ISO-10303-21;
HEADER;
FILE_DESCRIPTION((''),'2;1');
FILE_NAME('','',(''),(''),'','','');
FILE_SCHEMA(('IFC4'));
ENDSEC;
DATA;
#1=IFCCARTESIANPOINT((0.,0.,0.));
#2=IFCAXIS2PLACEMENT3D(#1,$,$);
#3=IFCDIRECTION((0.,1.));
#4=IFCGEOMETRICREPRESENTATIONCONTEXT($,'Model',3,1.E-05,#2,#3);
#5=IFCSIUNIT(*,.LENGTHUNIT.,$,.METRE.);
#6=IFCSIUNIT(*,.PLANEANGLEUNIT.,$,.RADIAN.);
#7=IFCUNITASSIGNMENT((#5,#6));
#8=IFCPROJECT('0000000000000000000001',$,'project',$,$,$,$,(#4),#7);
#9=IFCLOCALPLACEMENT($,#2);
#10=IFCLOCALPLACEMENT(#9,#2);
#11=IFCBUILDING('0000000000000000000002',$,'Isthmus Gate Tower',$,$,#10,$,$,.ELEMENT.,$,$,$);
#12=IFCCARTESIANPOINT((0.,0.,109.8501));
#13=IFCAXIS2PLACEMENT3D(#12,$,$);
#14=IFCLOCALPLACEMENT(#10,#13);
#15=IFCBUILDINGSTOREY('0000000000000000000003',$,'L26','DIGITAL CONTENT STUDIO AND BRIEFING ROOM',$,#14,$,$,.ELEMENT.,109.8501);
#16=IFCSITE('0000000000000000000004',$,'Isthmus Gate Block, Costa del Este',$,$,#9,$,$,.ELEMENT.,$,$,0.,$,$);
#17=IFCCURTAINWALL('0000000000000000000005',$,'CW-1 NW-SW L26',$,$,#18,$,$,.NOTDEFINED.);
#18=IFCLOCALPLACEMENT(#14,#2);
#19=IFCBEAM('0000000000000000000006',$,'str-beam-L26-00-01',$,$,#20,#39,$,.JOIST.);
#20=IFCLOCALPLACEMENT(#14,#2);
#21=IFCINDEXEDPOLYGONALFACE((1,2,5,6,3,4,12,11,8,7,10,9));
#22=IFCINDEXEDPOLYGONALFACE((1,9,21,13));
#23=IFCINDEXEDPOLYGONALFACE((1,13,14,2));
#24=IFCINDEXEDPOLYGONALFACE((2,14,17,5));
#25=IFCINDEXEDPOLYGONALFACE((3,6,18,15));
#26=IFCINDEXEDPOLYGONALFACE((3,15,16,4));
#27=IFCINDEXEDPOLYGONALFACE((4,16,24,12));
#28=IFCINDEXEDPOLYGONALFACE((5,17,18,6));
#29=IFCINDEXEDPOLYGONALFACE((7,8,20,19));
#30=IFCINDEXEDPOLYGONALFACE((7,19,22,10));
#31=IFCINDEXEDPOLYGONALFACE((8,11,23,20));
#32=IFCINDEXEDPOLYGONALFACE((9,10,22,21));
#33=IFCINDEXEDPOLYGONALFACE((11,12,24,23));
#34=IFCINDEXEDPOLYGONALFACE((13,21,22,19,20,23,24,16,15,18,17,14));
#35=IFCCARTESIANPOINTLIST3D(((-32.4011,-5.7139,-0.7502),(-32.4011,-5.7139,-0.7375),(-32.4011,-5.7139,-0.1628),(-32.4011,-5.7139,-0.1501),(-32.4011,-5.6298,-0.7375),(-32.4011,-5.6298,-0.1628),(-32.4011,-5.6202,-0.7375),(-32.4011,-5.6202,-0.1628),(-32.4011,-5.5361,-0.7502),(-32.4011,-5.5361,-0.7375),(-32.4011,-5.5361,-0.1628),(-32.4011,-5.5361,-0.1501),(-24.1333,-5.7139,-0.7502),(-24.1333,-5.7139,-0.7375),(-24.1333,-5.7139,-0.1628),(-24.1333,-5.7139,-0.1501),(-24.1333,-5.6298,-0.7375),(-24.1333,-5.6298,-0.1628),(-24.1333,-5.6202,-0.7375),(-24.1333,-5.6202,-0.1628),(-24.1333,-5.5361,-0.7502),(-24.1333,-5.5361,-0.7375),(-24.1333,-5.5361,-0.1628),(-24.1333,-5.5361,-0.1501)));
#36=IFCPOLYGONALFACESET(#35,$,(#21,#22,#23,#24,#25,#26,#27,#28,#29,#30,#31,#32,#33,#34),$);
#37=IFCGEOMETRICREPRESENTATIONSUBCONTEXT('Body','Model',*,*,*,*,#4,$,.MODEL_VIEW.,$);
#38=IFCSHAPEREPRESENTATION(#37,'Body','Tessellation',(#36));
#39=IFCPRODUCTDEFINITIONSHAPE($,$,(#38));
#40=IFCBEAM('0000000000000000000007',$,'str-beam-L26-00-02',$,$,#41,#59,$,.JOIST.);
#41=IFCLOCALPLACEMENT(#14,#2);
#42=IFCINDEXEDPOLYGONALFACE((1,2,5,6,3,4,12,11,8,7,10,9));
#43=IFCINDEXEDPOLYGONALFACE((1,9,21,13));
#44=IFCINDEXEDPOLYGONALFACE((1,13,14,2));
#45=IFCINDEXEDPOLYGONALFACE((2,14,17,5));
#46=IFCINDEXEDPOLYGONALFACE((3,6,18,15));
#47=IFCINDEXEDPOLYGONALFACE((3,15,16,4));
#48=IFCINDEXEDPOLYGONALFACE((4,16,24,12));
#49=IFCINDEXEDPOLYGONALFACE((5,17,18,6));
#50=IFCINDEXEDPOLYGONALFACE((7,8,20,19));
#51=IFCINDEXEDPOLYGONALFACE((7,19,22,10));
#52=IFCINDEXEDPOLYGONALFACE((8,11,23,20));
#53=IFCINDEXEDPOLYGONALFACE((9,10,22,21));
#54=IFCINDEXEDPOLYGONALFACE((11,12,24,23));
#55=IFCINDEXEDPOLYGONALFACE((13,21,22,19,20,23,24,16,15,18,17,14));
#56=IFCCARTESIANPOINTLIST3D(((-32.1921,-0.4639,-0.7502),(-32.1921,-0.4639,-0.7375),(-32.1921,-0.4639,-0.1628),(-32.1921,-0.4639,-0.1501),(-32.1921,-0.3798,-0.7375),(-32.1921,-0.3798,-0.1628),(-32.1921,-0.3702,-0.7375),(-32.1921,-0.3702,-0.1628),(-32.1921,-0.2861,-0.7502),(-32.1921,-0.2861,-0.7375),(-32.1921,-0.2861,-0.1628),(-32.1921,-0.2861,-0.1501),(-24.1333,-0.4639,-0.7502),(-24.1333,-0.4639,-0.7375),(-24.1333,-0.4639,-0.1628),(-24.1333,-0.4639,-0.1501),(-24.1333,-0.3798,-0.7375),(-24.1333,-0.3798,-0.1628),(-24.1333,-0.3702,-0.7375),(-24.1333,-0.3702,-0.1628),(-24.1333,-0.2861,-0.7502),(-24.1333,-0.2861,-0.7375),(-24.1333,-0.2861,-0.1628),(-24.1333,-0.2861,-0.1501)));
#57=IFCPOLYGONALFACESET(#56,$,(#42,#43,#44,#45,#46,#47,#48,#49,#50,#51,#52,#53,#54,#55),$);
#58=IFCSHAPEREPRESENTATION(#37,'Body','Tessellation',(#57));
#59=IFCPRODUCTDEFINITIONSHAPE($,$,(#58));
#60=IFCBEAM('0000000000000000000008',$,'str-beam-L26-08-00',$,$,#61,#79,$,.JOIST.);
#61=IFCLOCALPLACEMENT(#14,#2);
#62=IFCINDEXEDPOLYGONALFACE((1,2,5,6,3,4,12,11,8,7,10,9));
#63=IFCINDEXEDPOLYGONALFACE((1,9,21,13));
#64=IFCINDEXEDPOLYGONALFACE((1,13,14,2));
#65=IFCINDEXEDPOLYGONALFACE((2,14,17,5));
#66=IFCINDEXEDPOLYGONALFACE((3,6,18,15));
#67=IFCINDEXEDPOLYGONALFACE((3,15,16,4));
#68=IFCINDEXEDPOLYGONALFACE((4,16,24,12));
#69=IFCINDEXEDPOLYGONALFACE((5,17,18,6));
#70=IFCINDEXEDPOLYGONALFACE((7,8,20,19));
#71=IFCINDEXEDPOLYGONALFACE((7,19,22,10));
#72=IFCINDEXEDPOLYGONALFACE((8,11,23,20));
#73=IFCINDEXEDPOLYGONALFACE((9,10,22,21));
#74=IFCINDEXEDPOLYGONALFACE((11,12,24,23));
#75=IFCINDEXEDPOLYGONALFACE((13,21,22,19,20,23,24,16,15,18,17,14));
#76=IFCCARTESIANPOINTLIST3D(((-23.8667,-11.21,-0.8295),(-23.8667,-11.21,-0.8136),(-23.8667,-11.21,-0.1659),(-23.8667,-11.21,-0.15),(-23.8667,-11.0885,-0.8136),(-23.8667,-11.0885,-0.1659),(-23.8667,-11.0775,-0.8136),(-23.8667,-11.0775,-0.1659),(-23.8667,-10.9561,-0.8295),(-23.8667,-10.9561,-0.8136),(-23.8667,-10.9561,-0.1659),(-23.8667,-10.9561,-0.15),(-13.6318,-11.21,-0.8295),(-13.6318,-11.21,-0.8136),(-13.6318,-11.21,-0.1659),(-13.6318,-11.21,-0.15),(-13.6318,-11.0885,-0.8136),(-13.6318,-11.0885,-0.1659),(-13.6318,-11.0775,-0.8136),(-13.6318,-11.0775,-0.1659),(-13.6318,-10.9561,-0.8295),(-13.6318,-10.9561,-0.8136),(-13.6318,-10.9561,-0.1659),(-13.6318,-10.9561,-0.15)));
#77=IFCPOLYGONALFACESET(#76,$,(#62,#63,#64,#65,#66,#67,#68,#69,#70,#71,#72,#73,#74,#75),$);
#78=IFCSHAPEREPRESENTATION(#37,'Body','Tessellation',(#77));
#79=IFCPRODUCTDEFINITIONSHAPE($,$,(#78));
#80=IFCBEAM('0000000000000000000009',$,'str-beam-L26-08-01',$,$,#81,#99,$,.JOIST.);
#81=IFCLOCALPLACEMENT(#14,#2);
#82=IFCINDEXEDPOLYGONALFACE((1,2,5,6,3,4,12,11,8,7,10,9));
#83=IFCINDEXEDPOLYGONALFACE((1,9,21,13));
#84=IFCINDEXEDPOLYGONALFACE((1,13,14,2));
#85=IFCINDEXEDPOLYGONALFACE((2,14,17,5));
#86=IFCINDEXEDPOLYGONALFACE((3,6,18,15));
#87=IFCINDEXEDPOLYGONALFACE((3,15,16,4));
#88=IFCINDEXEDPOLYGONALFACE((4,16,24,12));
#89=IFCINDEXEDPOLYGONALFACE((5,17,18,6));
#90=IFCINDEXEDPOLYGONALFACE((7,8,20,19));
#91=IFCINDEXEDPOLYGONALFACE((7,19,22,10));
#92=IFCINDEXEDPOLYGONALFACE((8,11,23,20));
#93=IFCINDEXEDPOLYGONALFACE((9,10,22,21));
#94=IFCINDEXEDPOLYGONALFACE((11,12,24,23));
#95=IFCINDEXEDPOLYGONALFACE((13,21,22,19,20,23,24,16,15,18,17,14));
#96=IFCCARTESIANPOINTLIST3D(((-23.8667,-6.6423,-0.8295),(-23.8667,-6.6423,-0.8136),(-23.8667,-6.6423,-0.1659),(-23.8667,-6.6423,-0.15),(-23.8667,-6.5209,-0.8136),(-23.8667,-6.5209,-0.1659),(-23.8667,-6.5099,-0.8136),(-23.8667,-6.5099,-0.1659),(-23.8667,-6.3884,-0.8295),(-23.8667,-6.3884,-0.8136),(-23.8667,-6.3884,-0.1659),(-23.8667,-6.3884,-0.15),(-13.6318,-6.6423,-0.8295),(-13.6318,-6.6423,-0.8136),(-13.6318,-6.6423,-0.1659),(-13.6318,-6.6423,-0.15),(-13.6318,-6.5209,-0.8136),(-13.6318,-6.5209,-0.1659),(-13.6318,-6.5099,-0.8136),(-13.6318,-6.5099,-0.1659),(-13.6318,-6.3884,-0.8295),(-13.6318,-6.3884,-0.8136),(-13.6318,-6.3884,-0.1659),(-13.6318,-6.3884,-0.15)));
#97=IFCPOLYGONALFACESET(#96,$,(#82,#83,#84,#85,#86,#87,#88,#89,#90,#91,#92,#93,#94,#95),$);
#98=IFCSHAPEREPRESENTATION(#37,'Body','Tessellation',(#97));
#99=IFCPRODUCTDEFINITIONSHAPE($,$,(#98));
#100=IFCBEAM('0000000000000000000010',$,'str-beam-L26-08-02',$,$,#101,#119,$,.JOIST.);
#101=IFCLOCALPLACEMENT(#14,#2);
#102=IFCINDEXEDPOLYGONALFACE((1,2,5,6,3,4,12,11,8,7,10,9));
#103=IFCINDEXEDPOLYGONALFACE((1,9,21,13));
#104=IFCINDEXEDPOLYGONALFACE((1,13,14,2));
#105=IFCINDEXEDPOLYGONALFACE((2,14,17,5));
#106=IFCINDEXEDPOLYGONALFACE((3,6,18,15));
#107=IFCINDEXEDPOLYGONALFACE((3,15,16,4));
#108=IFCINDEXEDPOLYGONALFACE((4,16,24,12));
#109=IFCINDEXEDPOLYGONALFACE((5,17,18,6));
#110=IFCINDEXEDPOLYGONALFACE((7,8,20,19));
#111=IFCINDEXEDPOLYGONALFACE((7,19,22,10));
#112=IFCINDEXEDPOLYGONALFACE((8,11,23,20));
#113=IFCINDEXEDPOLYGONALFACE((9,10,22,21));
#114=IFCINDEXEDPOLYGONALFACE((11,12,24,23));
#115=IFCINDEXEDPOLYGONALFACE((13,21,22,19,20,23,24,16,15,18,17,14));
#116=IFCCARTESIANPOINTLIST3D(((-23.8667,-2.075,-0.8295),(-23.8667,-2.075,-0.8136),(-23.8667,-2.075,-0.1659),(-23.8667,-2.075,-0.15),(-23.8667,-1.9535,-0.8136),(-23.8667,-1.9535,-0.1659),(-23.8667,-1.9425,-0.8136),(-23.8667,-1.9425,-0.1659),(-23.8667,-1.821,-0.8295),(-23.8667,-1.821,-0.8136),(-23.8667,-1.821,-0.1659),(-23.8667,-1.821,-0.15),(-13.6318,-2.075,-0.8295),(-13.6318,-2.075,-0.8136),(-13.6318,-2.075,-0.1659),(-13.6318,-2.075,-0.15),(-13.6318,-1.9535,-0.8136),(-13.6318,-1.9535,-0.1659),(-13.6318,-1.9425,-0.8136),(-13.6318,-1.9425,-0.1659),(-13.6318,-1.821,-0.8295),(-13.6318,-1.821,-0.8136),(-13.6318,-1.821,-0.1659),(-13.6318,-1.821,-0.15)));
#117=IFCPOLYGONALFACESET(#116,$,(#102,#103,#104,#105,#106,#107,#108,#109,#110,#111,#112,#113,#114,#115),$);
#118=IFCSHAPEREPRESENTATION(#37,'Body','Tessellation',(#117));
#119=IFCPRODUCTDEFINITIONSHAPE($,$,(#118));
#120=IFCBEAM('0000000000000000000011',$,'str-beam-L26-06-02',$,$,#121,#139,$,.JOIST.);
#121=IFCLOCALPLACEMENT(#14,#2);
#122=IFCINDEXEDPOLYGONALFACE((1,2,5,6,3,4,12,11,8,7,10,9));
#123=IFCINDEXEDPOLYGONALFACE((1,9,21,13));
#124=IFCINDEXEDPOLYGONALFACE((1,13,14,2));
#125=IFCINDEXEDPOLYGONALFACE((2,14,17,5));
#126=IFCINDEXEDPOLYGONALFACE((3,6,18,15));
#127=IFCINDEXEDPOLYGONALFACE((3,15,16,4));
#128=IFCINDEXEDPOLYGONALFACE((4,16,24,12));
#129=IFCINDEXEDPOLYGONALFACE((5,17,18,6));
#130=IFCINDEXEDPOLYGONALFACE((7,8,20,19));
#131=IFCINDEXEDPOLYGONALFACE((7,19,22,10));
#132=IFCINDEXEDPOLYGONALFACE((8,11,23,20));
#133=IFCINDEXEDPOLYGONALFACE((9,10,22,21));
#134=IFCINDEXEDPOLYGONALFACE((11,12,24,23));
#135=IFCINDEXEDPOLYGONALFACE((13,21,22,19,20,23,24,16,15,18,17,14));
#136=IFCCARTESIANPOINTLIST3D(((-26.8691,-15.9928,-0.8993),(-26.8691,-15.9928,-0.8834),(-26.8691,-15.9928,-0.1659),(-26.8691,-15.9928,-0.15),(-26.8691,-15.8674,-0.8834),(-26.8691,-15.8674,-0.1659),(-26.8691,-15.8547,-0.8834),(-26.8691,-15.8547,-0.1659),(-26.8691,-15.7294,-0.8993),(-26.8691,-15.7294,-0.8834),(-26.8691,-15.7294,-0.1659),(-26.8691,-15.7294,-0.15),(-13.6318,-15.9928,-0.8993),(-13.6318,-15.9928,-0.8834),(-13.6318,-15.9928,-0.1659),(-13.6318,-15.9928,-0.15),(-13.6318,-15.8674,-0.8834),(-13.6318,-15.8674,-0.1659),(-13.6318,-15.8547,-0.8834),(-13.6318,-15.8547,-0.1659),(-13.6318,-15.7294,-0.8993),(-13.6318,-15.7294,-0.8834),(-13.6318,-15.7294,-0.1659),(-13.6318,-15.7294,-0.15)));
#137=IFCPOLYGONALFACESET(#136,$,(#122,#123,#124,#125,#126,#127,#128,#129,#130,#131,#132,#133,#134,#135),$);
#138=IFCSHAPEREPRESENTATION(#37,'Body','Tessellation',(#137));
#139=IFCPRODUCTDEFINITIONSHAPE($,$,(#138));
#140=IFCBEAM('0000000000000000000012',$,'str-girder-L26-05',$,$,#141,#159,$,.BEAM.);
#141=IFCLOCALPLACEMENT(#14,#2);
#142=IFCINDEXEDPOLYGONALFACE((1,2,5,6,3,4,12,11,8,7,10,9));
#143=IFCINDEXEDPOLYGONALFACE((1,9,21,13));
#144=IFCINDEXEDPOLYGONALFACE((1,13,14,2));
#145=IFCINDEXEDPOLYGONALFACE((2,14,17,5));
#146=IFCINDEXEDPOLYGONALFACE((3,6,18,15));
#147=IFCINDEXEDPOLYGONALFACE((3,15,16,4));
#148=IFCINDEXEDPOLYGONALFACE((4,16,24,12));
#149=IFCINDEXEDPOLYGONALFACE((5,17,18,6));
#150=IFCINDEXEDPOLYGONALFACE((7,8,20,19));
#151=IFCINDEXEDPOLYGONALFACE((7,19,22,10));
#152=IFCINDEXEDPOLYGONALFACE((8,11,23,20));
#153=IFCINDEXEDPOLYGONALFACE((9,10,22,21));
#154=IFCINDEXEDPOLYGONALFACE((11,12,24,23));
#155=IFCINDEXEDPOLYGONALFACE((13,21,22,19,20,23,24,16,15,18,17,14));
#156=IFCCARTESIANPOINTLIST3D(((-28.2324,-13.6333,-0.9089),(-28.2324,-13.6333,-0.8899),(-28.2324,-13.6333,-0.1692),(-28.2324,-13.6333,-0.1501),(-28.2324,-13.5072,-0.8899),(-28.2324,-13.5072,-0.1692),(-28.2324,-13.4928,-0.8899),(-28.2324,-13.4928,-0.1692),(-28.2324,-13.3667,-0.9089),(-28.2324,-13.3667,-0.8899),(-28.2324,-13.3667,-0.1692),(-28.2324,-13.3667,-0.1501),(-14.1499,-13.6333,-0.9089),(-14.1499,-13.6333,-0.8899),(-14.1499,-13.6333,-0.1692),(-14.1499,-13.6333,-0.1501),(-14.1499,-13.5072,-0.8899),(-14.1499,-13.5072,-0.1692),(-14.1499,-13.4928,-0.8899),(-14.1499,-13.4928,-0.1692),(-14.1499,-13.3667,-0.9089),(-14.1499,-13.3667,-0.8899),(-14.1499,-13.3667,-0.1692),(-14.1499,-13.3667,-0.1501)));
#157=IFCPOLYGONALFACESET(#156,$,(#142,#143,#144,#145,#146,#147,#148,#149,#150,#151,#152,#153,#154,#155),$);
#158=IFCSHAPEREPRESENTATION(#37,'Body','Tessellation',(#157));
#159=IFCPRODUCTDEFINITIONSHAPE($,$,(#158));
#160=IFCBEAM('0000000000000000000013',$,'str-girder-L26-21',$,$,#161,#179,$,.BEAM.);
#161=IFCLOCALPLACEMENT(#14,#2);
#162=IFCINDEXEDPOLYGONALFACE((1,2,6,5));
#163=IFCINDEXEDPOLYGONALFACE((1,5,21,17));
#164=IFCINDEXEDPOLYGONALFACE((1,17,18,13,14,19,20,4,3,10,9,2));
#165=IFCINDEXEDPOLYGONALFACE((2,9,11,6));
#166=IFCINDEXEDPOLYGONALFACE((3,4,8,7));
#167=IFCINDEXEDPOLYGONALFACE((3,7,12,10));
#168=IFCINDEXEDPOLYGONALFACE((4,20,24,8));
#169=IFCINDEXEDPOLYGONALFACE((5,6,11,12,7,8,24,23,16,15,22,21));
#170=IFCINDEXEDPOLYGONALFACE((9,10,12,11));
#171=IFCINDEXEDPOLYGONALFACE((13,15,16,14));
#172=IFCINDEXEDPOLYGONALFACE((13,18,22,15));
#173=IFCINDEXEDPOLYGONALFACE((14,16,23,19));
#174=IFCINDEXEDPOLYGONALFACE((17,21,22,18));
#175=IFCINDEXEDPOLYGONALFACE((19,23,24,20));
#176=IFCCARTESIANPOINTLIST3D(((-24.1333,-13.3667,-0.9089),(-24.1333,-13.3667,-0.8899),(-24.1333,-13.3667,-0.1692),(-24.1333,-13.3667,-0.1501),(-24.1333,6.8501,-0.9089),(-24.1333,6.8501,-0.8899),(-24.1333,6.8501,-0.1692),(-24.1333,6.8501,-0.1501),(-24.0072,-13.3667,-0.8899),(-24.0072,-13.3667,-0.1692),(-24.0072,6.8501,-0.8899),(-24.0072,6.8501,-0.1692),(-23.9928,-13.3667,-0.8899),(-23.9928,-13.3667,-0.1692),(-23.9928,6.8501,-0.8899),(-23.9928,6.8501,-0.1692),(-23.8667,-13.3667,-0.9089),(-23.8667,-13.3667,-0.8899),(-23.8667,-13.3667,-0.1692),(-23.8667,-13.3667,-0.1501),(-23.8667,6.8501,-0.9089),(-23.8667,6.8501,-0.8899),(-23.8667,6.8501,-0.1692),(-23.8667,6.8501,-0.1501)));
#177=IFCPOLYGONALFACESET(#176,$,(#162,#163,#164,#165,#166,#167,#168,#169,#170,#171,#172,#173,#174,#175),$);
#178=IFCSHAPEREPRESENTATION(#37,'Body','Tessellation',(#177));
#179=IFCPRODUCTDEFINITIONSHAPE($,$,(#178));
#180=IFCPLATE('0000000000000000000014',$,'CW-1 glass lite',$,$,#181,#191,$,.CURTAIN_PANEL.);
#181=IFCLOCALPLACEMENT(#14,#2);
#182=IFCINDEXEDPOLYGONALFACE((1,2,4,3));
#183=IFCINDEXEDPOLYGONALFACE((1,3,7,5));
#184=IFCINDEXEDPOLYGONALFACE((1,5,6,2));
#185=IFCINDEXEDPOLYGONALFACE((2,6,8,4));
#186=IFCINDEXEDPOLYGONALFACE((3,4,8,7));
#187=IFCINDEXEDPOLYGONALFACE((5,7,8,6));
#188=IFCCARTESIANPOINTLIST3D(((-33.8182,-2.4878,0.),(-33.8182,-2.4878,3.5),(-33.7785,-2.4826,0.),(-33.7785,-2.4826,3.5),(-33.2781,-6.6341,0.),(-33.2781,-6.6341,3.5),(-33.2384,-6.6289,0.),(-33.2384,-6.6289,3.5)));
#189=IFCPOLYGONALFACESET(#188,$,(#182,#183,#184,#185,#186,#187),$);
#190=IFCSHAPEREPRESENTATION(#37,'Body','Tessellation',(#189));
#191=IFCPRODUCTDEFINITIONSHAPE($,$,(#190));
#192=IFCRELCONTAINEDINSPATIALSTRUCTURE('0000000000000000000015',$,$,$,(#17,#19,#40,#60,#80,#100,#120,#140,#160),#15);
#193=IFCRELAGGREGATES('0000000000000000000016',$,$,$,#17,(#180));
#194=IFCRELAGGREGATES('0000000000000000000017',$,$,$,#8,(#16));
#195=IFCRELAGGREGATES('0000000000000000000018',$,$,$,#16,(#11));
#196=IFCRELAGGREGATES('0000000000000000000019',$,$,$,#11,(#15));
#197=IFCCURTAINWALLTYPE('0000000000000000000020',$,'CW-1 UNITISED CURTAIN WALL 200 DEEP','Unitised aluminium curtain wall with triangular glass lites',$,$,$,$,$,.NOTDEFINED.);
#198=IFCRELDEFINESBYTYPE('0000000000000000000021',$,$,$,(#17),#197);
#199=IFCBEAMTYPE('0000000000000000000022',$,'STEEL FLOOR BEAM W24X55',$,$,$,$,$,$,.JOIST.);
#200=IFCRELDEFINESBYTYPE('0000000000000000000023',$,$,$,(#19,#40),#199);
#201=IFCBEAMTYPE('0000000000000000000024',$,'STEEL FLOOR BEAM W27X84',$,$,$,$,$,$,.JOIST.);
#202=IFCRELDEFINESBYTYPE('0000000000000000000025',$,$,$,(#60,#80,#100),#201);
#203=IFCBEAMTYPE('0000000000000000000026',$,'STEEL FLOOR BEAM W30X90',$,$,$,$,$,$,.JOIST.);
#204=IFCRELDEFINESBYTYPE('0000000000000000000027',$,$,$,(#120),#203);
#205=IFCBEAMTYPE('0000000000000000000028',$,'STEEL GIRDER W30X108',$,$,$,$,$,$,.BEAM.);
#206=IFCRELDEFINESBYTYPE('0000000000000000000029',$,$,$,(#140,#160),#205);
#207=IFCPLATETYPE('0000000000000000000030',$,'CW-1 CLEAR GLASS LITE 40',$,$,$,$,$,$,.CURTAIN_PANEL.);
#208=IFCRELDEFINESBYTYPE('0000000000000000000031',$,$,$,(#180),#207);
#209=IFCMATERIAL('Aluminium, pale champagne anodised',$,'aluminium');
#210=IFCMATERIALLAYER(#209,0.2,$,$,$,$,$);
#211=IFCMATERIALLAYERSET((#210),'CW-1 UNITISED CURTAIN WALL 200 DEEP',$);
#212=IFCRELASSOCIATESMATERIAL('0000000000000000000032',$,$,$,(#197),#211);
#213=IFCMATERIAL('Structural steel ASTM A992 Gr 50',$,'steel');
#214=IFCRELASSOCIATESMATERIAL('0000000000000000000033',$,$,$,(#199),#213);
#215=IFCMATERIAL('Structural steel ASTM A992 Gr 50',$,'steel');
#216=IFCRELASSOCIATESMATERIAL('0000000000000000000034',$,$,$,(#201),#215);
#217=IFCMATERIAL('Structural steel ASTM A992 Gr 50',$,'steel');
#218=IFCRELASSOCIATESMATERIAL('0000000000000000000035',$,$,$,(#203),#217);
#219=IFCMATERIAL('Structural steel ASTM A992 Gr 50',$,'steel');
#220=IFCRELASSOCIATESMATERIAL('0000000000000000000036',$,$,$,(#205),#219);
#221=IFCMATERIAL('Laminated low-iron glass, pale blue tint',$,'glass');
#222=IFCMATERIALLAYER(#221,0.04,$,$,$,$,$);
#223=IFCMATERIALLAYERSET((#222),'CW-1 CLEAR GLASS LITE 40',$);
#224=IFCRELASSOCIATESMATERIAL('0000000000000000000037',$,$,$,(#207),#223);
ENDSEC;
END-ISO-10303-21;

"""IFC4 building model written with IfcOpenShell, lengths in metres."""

from ifc_helpers import new_model, si_unit, direction, frame, origin, origin_2d, place, context, subcontext, project, spatial, rectangle, i_section, extrude, material, layer, layer_set, material_profile, profile_set, type_object, element, aggregate, save


model = new_model("IFC4")

# Units and contexts
model_context = context("Model", 3, precision=1e-05, world=origin(), true_north=direction((0.0, 1.0)))
body_context = subcontext(model_context, "Body", "Model", "MODEL_VIEW")
ifc_project = project(units=[si_unit("LENGTHUNIT", "METRE"), si_unit("PLANEANGLEUNIT", "RADIAN")], contexts=[model_context])

# Site, building, storey
site_placement = place(None, origin())
site = spatial("IfcSite", under=ifc_project, at=site_placement, Name="Isthmus Gate Block, Costa del Este", CompositionType="ELEMENT", RefElevation=0.0)
building_placement = place(site_placement, origin())
building = spatial("IfcBuilding", under=site, at=building_placement, Name="Isthmus Gate Tower", CompositionType="ELEMENT")
storey_placement = place(building_placement, frame((0.0, 0.0, 109.8501)))
storey = spatial("IfcBuildingStorey", under=building, at=storey_placement, Name="L26", Description="DIGITAL CONTENT STUDIO AND BRIEFING ROOM", CompositionType="ELEMENT", Elevation=109.8501)

# Curtain wall
ifc_material_1 = material(Name="Aluminium, pale champagne anodised", Category="aluminium")
ifc_layer_1 = layer(ifc_material_1, 0.2)
ifc_layer_set_1 = layer_set([ifc_layer_1], Name="CW-1 UNITISED CURTAIN WALL 200 DEEP")
curtain_wall_type = type_object("IfcCurtainWallType", Name="CW-1 UNITISED CURTAIN WALL 200 DEEP", Description="Unitised aluminium curtain wall with triangular glass lites", PredefinedType="NOTDEFINED", material=ifc_layer_set_1)
curtain_wall_1_placement = place(storey_placement, origin())
curtain_wall_1 = element("IfcCurtainWall", 1, at=curtain_wall_1_placement, inside=storey, type_object=curtain_wall_type, Name="CW-1 NW-SW L26", PredefinedType="NOTDEFINED")

# Beams
ifc_material_2 = material(Name="Structural steel ASTM A992 Gr 50", Category="steel")
ifc_material_profile_1 = material_profile(ifc_material_2, i_section(OverallWidth=0.1777, OverallDepth=0.6001, WebThickness=0.0095, FlangeThickness=0.0127, at=origin_2d()), Name="W24X55")
ifc_profile_set_1 = profile_set([ifc_material_profile_1], Name="Structural steel ASTM A992 Gr 50")
beam_type_1 = type_object("IfcBeamType", Name="STEEL FLOOR BEAM W24X55", PredefinedType="JOIST", material=ifc_profile_set_1)
beam_1_placement = place(storey_placement, frame((-32.4011, -5.625, -0.4502), z_axis=(1.0, 0.0, 0.0), x_axis=(0.0, 1.0, 0.0)))
element("IfcBeam", 2, at=beam_1_placement, inside=storey, type_object=beam_type_1, Name="str-beam-L26-00-01", PredefinedType="JOIST", context=body_context, shape_type="SweptSolid", body=[
    extrude(i_section(OverallWidth=0.1777, OverallDepth=0.6001, WebThickness=0.0095, FlangeThickness=0.0127, at=origin_2d()), origin(), (0.0, 0.0, 1.0), 8.2678),
])
beam_2_placement = place(storey_placement, frame((-32.1921, -0.375, -0.4502), z_axis=(1.0, 0.0, 0.0), x_axis=(0.0, 1.0, 0.0)))
element("IfcBeam", 3, at=beam_2_placement, inside=storey, type_object=beam_type_1, Name="str-beam-L26-00-02", PredefinedType="JOIST", context=body_context, shape_type="SweptSolid", body=[
    extrude(i_section(OverallWidth=0.1777, OverallDepth=0.6001, WebThickness=0.0095, FlangeThickness=0.0127, at=origin_2d()), origin(), (0.0, 0.0, 1.0), 8.0588),
])
ifc_material_3 = material(Name="Structural steel ASTM A992 Gr 50", Category="steel")
ifc_material_profile_2 = material_profile(ifc_material_3, i_section(OverallWidth=0.2539, OverallDepth=0.6794, WebThickness=0.011, FlangeThickness=0.0159, at=origin_2d()), Name="W27X84")
ifc_profile_set_2 = profile_set([ifc_material_profile_2], Name="Structural steel ASTM A992 Gr 50")
beam_type_2 = type_object("IfcBeamType", Name="STEEL FLOOR BEAM W27X84", PredefinedType="JOIST", material=ifc_profile_set_2)
for number, where, z_axis, x_axis, name in (
    (4, (-23.8667, -11.083, -0.4897), (1.0, 0.0, 0.0), (0.0, 1.0, 0.0), "str-beam-L26-08-00"),
    (5, (-23.8667, -6.5154, -0.4897), (1.0, 0.0, 0.0), (0.0, 1.0, 0.0), "str-beam-L26-08-01"),
    (6, (-23.8667, -1.948, -0.4897), (1.0, 0.0, 0.0), (0.0, 1.0, 0.0), "str-beam-L26-08-02"),
):
    element("IfcBeam", number, at=place(storey_placement, frame(where, z_axis=z_axis, x_axis=x_axis)), inside=storey, type_object=beam_type_2, Name=name, PredefinedType="JOIST", context=body_context, shape_type="SweptSolid", body=[
        extrude(i_section(OverallWidth=0.2539, OverallDepth=0.6794, WebThickness=0.011, FlangeThickness=0.0159, at=origin_2d()), origin(), (0.0, 0.0, 1.0), 10.2349),
    ])
ifc_material_4 = material(Name="Structural steel ASTM A992 Gr 50", Category="steel")
ifc_material_profile_3 = material_profile(ifc_material_4, i_section(OverallWidth=0.2634, OverallDepth=0.7493, WebThickness=0.0127, FlangeThickness=0.0159, at=origin_2d()), Name="W30X90")
ifc_profile_set_3 = profile_set([ifc_material_profile_3], Name="Structural steel ASTM A992 Gr 50")
beam_type_3 = type_object("IfcBeamType", Name="STEEL FLOOR BEAM W30X90", PredefinedType="JOIST", material=ifc_profile_set_3)
beam_3_placement = place(storey_placement, frame((-26.8691, -15.8611, -0.5247), z_axis=(1.0, 0.0, 0.0), x_axis=(0.0, 1.0, 0.0)))
element("IfcBeam", 7, at=beam_3_placement, inside=storey, type_object=beam_type_3, Name="str-beam-L26-06-02", PredefinedType="JOIST", context=body_context, shape_type="SweptSolid", body=[
    extrude(i_section(OverallWidth=0.2634, OverallDepth=0.7493, WebThickness=0.0127, FlangeThickness=0.0159, at=origin_2d()), origin(), (0.0, 0.0, 1.0), 13.2373),
])
ifc_material_5 = material(Name="Structural steel ASTM A992 Gr 50", Category="steel")
ifc_material_profile_4 = material_profile(ifc_material_5, i_section(OverallWidth=0.2666, OverallDepth=0.7588, WebThickness=0.0144, FlangeThickness=0.019, at=origin_2d()), Name="W30X108")
ifc_profile_set_4 = profile_set([ifc_material_profile_4], Name="Structural steel ASTM A992 Gr 50")
beam_type_4 = type_object("IfcBeamType", Name="STEEL GIRDER W30X108", PredefinedType="BEAM", material=ifc_profile_set_4)
beam_4_placement = place(storey_placement, frame((-28.2324, -13.5, -0.5295), z_axis=(1.0, 0.0, 0.0), x_axis=(0.0, 1.0, 0.0)))
element("IfcBeam", 8, at=beam_4_placement, inside=storey, type_object=beam_type_4, Name="str-girder-L26-05", PredefinedType="BEAM", context=body_context, shape_type="SweptSolid", body=[
    extrude(i_section(OverallWidth=0.2666, OverallDepth=0.7588, WebThickness=0.0144, FlangeThickness=0.019, at=origin_2d()), origin(), (0.0, 0.0, 1.0), 14.0825),
])
beam_5_placement = place(storey_placement, frame((-24.0, -13.3667, -0.5295), z_axis=(0.0, 1.0, 0.0), x_axis=(-1.0, 0.0, 0.0)))
element("IfcBeam", 9, at=beam_5_placement, inside=storey, type_object=beam_type_4, Name="str-girder-L26-21", PredefinedType="BEAM", context=body_context, shape_type="SweptSolid", body=[
    extrude(i_section(OverallWidth=0.2666, OverallDepth=0.7588, WebThickness=0.0144, FlangeThickness=0.019, at=origin_2d()), origin(), (0.0, 0.0, 1.0), 20.2168),
])

# Plate
ifc_material_6 = material(Name="Laminated low-iron glass, pale blue tint", Category="glass")
ifc_layer_2 = layer(ifc_material_6, 0.04)
ifc_layer_set_2 = layer_set([ifc_layer_2], Name="CW-1 CLEAR GLASS LITE 40")
plate_type = type_object("IfcPlateType", Name="CW-1 CLEAR GLASS LITE 40", PredefinedType="CURTAIN_PANEL", material=ifc_layer_set_2)
plate_1_placement = place(storey_placement, frame((-33.5283, -4.5583, 0.0), z_axis=(0.0, 0.0, 1.0), x_axis=(0.129165, -0.991623, 0.0)))
plate_1 = element("IfcPlate", 10, at=plate_1_placement, type_object=plate_type, Name="CW-1 glass lite", PredefinedType="CURTAIN_PANEL", context=body_context, shape_type="SweptSolid", body=[
    extrude(rectangle(XDim=4.1814, YDim=0.04, at=origin_2d()), origin(), (0.0, 0.0, 1.0), 3.5),
])
aggregate(curtain_wall_1, [plate_1])

save(model, "model.ifc")
